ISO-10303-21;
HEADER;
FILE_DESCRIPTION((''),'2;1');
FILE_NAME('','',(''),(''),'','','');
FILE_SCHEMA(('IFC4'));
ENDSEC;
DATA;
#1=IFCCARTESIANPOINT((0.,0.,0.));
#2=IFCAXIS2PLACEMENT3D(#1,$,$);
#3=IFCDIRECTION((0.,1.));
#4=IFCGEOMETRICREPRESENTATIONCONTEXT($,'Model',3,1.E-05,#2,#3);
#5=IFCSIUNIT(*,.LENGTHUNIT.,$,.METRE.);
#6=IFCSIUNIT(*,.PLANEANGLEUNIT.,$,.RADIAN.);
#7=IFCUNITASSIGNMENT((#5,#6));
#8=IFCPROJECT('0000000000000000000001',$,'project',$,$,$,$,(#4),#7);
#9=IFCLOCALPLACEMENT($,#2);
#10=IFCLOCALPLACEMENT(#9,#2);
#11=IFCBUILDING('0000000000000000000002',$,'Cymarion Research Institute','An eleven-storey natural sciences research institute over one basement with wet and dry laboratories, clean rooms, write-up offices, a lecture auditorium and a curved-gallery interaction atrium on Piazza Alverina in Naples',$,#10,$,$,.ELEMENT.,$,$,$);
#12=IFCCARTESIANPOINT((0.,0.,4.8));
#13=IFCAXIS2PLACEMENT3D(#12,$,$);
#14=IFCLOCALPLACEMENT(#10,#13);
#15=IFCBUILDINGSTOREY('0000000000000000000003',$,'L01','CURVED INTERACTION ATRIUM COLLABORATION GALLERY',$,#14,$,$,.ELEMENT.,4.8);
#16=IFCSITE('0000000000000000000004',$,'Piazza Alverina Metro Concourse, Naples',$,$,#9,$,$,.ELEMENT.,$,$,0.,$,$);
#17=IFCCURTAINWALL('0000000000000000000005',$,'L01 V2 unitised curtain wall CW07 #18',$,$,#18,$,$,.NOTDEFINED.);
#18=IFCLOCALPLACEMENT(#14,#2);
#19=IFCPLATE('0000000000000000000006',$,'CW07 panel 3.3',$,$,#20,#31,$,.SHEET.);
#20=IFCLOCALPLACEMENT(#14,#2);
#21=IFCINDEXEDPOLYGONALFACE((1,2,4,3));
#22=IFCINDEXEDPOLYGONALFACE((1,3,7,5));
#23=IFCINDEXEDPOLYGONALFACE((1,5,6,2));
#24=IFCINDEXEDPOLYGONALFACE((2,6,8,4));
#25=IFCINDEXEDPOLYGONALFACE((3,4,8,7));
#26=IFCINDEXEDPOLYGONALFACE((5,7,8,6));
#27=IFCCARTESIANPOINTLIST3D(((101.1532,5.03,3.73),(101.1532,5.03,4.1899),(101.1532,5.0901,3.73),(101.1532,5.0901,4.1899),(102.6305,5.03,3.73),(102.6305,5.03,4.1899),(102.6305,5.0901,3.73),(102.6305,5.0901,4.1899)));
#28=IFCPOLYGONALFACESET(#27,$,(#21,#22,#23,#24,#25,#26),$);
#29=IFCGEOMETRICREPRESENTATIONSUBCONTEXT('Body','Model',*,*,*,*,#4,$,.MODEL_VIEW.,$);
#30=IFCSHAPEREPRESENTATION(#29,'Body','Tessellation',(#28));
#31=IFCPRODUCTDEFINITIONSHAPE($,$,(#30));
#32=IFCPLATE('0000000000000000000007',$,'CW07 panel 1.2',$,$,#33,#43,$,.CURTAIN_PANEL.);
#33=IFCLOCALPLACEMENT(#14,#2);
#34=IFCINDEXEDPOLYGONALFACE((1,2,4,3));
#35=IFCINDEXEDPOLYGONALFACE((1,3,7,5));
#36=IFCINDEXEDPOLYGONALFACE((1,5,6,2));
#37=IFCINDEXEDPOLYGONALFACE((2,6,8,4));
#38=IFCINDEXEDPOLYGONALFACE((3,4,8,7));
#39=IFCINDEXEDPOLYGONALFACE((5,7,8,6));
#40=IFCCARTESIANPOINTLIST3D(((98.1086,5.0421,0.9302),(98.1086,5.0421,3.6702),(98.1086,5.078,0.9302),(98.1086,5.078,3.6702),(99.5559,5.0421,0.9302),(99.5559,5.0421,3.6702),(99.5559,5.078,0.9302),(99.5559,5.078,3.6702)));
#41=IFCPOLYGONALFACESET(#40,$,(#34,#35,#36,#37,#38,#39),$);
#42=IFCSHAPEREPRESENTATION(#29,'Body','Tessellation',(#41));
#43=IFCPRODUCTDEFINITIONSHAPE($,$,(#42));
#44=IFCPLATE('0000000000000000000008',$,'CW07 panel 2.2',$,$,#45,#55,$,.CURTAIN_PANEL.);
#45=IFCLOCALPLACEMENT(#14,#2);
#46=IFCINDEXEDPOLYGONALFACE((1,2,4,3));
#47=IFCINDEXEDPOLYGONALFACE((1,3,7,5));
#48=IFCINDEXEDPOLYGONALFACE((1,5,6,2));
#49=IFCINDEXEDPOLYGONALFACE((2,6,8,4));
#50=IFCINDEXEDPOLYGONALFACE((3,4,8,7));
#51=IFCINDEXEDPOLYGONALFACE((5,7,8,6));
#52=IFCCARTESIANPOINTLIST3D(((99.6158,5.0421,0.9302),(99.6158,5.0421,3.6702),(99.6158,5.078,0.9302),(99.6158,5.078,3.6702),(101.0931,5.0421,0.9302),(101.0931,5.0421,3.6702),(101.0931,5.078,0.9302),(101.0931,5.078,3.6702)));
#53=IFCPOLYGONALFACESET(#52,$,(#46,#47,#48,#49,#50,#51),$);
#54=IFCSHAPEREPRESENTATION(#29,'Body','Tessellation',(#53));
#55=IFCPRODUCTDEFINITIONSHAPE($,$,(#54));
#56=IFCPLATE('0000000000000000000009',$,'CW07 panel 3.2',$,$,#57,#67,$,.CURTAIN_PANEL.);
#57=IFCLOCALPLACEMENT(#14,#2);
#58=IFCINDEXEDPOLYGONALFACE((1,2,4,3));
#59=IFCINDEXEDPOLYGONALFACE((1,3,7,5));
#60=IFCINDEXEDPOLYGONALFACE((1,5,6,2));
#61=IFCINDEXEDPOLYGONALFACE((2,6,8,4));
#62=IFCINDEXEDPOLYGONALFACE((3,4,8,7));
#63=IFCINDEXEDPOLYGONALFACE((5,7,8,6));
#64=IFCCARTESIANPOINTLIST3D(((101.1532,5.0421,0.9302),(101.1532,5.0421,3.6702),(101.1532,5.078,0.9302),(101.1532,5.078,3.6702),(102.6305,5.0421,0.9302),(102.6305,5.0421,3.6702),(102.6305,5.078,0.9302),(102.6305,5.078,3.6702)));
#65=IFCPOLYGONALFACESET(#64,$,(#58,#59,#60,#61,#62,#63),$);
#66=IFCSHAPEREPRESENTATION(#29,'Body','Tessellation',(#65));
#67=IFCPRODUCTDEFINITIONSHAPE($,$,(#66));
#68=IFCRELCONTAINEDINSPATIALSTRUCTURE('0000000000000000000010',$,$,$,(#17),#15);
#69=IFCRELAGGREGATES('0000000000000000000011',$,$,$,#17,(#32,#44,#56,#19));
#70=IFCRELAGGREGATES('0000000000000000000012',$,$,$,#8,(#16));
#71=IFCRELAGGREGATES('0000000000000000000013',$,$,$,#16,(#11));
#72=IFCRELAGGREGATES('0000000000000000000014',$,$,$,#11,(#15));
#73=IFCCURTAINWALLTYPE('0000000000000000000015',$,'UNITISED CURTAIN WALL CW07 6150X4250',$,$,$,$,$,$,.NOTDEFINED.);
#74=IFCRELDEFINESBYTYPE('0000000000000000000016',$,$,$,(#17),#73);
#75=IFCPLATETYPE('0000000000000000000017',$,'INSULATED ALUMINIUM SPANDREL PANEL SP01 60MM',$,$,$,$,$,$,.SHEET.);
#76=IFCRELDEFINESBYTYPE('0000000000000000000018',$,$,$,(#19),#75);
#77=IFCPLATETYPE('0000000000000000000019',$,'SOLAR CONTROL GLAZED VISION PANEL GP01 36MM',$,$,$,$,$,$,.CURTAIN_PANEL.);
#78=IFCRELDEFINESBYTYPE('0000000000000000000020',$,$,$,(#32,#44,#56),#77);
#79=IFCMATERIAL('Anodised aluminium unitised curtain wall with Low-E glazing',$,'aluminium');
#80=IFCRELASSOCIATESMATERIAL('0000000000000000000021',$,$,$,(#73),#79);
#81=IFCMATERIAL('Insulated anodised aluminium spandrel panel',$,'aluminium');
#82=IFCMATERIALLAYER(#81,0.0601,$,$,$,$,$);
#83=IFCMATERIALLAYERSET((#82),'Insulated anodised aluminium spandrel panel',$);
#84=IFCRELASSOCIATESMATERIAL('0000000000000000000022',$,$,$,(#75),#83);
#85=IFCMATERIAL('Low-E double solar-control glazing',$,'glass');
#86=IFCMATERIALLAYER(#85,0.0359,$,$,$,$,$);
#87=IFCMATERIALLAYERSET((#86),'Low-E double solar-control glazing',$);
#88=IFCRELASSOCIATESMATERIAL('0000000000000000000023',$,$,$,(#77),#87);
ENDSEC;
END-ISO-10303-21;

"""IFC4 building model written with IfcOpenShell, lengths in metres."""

from ifc_helpers import new_model, si_unit, direction, frame, origin, origin_2d, place, context, subcontext, project, spatial, rectangle, extrude, material, layer, layer_set, type_object, element, aggregate, save


model = new_model("IFC4")

# Units and contexts
model_context = context("Model", 3, precision=1e-05, world=origin(), true_north=direction((0.0, 1.0)))
body_context = subcontext(model_context, "Body", "Model", "MODEL_VIEW")
ifc_project = project(units=[si_unit("LENGTHUNIT", "METRE"), si_unit("PLANEANGLEUNIT", "RADIAN")], contexts=[model_context])

# Site, building, storey
site_placement = place(None, origin())
site = spatial("IfcSite", under=ifc_project, at=site_placement, Name="Piazza Alverina Metro Concourse, Naples", CompositionType="ELEMENT", RefElevation=0.0)
building_placement = place(site_placement, origin())
building = spatial("IfcBuilding", under=site, at=building_placement, Name="Cymarion Research Institute", Description="An eleven-storey natural sciences research institute over one basement with wet and dry laboratories, clean rooms, write-up offices, a lecture auditorium and a curved-gallery interaction atrium on Piazza Alverina in Naples", CompositionType="ELEMENT")
storey_placement = place(building_placement, frame((0.0, 0.0, 4.8)))
storey = spatial("IfcBuildingStorey", under=building, at=storey_placement, Name="L01", Description="CURVED INTERACTION ATRIUM COLLABORATION GALLERY", CompositionType="ELEMENT", Elevation=4.8)

# Curtain wall
ifc_material_1 = material(Name="Anodised aluminium unitised curtain wall with Low-E glazing", Category="aluminium")
curtain_wall_type = type_object("IfcCurtainWallType", Name="UNITISED CURTAIN WALL CW07 6150X4250", PredefinedType="NOTDEFINED", material=ifc_material_1)
curtain_wall_placement = place(storey_placement, origin())
curtain_wall = element("IfcCurtainWall", 1, at=curtain_wall_placement, inside=storey, type_object=curtain_wall_type, Name="L01 V2 unitised curtain wall CW07 #18", PredefinedType="NOTDEFINED")

# Plates
ifc_material_2 = material(Name="Insulated anodised aluminium spandrel panel", Category="aluminium")
ifc_layer_1 = layer(ifc_material_2, 0.0601)
ifc_layer_set_1 = layer_set([ifc_layer_1], Name="Insulated anodised aluminium spandrel panel")
plate_type_1 = type_object("IfcPlateType", Name="INSULATED ALUMINIUM SPANDREL PANEL SP01 60MM", PredefinedType="SHEET", material=ifc_layer_set_1)
plate_1_placement = place(storey_placement, frame((101.8918, 5.0601, 3.73), z_axis=(0.0, 0.0, 1.0), x_axis=(1.0, 0.0, 0.0)))
plate_1 = element("IfcPlate", 2, at=plate_1_placement, type_object=plate_type_1, Name="CW07 panel 3.3", PredefinedType="SHEET", context=body_context, shape_type="SweptSolid", body=[
    extrude(rectangle(XDim=1.4773, YDim=0.0601, at=origin_2d()), origin(), (0.0, 0.0, 1.0), 0.46),
])
ifc_material_3 = material(Name="Low-E double solar-control glazing", Category="glass")
ifc_layer_2 = layer(ifc_material_3, 0.0359)
ifc_layer_set_2 = layer_set([ifc_layer_2], Name="Low-E double solar-control glazing")
plate_type_2 = type_object("IfcPlateType", Name="SOLAR CONTROL GLAZED VISION PANEL GP01 36MM", PredefinedType="CURTAIN_PANEL", material=ifc_layer_set_2)
plate_2_placement = place(storey_placement, frame((98.8323, 5.0601, 0.9302), z_axis=(0.0, 0.0, 1.0), x_axis=(1.0, 0.0, 0.0)))
plate_2 = element("IfcPlate", 3, at=plate_2_placement, type_object=plate_type_2, Name="CW07 panel 1.2", PredefinedType="CURTAIN_PANEL", context=body_context, shape_type="SweptSolid", body=[
    extrude(rectangle(XDim=1.4473, YDim=0.0359, at=origin_2d()), origin(), (0.0, 0.0, 1.0), 2.74),
])
plate_3_placement = place(storey_placement, frame((100.3545, 5.0601, 0.9302), z_axis=(0.0, 0.0, 1.0), x_axis=(1.0, 0.0, 0.0)))
plate_3 = element("IfcPlate", 4, at=plate_3_placement, type_object=plate_type_2, Name="CW07 panel 2.2", PredefinedType="CURTAIN_PANEL", context=body_context, shape_type="SweptSolid", body=[
    extrude(rectangle(XDim=1.4773, YDim=0.0359, at=origin_2d()), origin(), (0.0, 0.0, 1.0), 2.74),
])
plate_4_placement = place(storey_placement, frame((101.8918, 5.0601, 0.9302), z_axis=(0.0, 0.0, 1.0), x_axis=(1.0, 0.0, 0.0)))
plate_4 = element("IfcPlate", 5, at=plate_4_placement, type_object=plate_type_2, Name="CW07 panel 3.2", PredefinedType="CURTAIN_PANEL", context=body_context, shape_type="SweptSolid", body=[
    extrude(rectangle(XDim=1.4773, YDim=0.0359, at=origin_2d()), origin(), (0.0, 0.0, 1.0), 2.74),
])
aggregate(curtain_wall, [plate_2, plate_3, plate_4, plate_1])

save(model, "model.ifc")
